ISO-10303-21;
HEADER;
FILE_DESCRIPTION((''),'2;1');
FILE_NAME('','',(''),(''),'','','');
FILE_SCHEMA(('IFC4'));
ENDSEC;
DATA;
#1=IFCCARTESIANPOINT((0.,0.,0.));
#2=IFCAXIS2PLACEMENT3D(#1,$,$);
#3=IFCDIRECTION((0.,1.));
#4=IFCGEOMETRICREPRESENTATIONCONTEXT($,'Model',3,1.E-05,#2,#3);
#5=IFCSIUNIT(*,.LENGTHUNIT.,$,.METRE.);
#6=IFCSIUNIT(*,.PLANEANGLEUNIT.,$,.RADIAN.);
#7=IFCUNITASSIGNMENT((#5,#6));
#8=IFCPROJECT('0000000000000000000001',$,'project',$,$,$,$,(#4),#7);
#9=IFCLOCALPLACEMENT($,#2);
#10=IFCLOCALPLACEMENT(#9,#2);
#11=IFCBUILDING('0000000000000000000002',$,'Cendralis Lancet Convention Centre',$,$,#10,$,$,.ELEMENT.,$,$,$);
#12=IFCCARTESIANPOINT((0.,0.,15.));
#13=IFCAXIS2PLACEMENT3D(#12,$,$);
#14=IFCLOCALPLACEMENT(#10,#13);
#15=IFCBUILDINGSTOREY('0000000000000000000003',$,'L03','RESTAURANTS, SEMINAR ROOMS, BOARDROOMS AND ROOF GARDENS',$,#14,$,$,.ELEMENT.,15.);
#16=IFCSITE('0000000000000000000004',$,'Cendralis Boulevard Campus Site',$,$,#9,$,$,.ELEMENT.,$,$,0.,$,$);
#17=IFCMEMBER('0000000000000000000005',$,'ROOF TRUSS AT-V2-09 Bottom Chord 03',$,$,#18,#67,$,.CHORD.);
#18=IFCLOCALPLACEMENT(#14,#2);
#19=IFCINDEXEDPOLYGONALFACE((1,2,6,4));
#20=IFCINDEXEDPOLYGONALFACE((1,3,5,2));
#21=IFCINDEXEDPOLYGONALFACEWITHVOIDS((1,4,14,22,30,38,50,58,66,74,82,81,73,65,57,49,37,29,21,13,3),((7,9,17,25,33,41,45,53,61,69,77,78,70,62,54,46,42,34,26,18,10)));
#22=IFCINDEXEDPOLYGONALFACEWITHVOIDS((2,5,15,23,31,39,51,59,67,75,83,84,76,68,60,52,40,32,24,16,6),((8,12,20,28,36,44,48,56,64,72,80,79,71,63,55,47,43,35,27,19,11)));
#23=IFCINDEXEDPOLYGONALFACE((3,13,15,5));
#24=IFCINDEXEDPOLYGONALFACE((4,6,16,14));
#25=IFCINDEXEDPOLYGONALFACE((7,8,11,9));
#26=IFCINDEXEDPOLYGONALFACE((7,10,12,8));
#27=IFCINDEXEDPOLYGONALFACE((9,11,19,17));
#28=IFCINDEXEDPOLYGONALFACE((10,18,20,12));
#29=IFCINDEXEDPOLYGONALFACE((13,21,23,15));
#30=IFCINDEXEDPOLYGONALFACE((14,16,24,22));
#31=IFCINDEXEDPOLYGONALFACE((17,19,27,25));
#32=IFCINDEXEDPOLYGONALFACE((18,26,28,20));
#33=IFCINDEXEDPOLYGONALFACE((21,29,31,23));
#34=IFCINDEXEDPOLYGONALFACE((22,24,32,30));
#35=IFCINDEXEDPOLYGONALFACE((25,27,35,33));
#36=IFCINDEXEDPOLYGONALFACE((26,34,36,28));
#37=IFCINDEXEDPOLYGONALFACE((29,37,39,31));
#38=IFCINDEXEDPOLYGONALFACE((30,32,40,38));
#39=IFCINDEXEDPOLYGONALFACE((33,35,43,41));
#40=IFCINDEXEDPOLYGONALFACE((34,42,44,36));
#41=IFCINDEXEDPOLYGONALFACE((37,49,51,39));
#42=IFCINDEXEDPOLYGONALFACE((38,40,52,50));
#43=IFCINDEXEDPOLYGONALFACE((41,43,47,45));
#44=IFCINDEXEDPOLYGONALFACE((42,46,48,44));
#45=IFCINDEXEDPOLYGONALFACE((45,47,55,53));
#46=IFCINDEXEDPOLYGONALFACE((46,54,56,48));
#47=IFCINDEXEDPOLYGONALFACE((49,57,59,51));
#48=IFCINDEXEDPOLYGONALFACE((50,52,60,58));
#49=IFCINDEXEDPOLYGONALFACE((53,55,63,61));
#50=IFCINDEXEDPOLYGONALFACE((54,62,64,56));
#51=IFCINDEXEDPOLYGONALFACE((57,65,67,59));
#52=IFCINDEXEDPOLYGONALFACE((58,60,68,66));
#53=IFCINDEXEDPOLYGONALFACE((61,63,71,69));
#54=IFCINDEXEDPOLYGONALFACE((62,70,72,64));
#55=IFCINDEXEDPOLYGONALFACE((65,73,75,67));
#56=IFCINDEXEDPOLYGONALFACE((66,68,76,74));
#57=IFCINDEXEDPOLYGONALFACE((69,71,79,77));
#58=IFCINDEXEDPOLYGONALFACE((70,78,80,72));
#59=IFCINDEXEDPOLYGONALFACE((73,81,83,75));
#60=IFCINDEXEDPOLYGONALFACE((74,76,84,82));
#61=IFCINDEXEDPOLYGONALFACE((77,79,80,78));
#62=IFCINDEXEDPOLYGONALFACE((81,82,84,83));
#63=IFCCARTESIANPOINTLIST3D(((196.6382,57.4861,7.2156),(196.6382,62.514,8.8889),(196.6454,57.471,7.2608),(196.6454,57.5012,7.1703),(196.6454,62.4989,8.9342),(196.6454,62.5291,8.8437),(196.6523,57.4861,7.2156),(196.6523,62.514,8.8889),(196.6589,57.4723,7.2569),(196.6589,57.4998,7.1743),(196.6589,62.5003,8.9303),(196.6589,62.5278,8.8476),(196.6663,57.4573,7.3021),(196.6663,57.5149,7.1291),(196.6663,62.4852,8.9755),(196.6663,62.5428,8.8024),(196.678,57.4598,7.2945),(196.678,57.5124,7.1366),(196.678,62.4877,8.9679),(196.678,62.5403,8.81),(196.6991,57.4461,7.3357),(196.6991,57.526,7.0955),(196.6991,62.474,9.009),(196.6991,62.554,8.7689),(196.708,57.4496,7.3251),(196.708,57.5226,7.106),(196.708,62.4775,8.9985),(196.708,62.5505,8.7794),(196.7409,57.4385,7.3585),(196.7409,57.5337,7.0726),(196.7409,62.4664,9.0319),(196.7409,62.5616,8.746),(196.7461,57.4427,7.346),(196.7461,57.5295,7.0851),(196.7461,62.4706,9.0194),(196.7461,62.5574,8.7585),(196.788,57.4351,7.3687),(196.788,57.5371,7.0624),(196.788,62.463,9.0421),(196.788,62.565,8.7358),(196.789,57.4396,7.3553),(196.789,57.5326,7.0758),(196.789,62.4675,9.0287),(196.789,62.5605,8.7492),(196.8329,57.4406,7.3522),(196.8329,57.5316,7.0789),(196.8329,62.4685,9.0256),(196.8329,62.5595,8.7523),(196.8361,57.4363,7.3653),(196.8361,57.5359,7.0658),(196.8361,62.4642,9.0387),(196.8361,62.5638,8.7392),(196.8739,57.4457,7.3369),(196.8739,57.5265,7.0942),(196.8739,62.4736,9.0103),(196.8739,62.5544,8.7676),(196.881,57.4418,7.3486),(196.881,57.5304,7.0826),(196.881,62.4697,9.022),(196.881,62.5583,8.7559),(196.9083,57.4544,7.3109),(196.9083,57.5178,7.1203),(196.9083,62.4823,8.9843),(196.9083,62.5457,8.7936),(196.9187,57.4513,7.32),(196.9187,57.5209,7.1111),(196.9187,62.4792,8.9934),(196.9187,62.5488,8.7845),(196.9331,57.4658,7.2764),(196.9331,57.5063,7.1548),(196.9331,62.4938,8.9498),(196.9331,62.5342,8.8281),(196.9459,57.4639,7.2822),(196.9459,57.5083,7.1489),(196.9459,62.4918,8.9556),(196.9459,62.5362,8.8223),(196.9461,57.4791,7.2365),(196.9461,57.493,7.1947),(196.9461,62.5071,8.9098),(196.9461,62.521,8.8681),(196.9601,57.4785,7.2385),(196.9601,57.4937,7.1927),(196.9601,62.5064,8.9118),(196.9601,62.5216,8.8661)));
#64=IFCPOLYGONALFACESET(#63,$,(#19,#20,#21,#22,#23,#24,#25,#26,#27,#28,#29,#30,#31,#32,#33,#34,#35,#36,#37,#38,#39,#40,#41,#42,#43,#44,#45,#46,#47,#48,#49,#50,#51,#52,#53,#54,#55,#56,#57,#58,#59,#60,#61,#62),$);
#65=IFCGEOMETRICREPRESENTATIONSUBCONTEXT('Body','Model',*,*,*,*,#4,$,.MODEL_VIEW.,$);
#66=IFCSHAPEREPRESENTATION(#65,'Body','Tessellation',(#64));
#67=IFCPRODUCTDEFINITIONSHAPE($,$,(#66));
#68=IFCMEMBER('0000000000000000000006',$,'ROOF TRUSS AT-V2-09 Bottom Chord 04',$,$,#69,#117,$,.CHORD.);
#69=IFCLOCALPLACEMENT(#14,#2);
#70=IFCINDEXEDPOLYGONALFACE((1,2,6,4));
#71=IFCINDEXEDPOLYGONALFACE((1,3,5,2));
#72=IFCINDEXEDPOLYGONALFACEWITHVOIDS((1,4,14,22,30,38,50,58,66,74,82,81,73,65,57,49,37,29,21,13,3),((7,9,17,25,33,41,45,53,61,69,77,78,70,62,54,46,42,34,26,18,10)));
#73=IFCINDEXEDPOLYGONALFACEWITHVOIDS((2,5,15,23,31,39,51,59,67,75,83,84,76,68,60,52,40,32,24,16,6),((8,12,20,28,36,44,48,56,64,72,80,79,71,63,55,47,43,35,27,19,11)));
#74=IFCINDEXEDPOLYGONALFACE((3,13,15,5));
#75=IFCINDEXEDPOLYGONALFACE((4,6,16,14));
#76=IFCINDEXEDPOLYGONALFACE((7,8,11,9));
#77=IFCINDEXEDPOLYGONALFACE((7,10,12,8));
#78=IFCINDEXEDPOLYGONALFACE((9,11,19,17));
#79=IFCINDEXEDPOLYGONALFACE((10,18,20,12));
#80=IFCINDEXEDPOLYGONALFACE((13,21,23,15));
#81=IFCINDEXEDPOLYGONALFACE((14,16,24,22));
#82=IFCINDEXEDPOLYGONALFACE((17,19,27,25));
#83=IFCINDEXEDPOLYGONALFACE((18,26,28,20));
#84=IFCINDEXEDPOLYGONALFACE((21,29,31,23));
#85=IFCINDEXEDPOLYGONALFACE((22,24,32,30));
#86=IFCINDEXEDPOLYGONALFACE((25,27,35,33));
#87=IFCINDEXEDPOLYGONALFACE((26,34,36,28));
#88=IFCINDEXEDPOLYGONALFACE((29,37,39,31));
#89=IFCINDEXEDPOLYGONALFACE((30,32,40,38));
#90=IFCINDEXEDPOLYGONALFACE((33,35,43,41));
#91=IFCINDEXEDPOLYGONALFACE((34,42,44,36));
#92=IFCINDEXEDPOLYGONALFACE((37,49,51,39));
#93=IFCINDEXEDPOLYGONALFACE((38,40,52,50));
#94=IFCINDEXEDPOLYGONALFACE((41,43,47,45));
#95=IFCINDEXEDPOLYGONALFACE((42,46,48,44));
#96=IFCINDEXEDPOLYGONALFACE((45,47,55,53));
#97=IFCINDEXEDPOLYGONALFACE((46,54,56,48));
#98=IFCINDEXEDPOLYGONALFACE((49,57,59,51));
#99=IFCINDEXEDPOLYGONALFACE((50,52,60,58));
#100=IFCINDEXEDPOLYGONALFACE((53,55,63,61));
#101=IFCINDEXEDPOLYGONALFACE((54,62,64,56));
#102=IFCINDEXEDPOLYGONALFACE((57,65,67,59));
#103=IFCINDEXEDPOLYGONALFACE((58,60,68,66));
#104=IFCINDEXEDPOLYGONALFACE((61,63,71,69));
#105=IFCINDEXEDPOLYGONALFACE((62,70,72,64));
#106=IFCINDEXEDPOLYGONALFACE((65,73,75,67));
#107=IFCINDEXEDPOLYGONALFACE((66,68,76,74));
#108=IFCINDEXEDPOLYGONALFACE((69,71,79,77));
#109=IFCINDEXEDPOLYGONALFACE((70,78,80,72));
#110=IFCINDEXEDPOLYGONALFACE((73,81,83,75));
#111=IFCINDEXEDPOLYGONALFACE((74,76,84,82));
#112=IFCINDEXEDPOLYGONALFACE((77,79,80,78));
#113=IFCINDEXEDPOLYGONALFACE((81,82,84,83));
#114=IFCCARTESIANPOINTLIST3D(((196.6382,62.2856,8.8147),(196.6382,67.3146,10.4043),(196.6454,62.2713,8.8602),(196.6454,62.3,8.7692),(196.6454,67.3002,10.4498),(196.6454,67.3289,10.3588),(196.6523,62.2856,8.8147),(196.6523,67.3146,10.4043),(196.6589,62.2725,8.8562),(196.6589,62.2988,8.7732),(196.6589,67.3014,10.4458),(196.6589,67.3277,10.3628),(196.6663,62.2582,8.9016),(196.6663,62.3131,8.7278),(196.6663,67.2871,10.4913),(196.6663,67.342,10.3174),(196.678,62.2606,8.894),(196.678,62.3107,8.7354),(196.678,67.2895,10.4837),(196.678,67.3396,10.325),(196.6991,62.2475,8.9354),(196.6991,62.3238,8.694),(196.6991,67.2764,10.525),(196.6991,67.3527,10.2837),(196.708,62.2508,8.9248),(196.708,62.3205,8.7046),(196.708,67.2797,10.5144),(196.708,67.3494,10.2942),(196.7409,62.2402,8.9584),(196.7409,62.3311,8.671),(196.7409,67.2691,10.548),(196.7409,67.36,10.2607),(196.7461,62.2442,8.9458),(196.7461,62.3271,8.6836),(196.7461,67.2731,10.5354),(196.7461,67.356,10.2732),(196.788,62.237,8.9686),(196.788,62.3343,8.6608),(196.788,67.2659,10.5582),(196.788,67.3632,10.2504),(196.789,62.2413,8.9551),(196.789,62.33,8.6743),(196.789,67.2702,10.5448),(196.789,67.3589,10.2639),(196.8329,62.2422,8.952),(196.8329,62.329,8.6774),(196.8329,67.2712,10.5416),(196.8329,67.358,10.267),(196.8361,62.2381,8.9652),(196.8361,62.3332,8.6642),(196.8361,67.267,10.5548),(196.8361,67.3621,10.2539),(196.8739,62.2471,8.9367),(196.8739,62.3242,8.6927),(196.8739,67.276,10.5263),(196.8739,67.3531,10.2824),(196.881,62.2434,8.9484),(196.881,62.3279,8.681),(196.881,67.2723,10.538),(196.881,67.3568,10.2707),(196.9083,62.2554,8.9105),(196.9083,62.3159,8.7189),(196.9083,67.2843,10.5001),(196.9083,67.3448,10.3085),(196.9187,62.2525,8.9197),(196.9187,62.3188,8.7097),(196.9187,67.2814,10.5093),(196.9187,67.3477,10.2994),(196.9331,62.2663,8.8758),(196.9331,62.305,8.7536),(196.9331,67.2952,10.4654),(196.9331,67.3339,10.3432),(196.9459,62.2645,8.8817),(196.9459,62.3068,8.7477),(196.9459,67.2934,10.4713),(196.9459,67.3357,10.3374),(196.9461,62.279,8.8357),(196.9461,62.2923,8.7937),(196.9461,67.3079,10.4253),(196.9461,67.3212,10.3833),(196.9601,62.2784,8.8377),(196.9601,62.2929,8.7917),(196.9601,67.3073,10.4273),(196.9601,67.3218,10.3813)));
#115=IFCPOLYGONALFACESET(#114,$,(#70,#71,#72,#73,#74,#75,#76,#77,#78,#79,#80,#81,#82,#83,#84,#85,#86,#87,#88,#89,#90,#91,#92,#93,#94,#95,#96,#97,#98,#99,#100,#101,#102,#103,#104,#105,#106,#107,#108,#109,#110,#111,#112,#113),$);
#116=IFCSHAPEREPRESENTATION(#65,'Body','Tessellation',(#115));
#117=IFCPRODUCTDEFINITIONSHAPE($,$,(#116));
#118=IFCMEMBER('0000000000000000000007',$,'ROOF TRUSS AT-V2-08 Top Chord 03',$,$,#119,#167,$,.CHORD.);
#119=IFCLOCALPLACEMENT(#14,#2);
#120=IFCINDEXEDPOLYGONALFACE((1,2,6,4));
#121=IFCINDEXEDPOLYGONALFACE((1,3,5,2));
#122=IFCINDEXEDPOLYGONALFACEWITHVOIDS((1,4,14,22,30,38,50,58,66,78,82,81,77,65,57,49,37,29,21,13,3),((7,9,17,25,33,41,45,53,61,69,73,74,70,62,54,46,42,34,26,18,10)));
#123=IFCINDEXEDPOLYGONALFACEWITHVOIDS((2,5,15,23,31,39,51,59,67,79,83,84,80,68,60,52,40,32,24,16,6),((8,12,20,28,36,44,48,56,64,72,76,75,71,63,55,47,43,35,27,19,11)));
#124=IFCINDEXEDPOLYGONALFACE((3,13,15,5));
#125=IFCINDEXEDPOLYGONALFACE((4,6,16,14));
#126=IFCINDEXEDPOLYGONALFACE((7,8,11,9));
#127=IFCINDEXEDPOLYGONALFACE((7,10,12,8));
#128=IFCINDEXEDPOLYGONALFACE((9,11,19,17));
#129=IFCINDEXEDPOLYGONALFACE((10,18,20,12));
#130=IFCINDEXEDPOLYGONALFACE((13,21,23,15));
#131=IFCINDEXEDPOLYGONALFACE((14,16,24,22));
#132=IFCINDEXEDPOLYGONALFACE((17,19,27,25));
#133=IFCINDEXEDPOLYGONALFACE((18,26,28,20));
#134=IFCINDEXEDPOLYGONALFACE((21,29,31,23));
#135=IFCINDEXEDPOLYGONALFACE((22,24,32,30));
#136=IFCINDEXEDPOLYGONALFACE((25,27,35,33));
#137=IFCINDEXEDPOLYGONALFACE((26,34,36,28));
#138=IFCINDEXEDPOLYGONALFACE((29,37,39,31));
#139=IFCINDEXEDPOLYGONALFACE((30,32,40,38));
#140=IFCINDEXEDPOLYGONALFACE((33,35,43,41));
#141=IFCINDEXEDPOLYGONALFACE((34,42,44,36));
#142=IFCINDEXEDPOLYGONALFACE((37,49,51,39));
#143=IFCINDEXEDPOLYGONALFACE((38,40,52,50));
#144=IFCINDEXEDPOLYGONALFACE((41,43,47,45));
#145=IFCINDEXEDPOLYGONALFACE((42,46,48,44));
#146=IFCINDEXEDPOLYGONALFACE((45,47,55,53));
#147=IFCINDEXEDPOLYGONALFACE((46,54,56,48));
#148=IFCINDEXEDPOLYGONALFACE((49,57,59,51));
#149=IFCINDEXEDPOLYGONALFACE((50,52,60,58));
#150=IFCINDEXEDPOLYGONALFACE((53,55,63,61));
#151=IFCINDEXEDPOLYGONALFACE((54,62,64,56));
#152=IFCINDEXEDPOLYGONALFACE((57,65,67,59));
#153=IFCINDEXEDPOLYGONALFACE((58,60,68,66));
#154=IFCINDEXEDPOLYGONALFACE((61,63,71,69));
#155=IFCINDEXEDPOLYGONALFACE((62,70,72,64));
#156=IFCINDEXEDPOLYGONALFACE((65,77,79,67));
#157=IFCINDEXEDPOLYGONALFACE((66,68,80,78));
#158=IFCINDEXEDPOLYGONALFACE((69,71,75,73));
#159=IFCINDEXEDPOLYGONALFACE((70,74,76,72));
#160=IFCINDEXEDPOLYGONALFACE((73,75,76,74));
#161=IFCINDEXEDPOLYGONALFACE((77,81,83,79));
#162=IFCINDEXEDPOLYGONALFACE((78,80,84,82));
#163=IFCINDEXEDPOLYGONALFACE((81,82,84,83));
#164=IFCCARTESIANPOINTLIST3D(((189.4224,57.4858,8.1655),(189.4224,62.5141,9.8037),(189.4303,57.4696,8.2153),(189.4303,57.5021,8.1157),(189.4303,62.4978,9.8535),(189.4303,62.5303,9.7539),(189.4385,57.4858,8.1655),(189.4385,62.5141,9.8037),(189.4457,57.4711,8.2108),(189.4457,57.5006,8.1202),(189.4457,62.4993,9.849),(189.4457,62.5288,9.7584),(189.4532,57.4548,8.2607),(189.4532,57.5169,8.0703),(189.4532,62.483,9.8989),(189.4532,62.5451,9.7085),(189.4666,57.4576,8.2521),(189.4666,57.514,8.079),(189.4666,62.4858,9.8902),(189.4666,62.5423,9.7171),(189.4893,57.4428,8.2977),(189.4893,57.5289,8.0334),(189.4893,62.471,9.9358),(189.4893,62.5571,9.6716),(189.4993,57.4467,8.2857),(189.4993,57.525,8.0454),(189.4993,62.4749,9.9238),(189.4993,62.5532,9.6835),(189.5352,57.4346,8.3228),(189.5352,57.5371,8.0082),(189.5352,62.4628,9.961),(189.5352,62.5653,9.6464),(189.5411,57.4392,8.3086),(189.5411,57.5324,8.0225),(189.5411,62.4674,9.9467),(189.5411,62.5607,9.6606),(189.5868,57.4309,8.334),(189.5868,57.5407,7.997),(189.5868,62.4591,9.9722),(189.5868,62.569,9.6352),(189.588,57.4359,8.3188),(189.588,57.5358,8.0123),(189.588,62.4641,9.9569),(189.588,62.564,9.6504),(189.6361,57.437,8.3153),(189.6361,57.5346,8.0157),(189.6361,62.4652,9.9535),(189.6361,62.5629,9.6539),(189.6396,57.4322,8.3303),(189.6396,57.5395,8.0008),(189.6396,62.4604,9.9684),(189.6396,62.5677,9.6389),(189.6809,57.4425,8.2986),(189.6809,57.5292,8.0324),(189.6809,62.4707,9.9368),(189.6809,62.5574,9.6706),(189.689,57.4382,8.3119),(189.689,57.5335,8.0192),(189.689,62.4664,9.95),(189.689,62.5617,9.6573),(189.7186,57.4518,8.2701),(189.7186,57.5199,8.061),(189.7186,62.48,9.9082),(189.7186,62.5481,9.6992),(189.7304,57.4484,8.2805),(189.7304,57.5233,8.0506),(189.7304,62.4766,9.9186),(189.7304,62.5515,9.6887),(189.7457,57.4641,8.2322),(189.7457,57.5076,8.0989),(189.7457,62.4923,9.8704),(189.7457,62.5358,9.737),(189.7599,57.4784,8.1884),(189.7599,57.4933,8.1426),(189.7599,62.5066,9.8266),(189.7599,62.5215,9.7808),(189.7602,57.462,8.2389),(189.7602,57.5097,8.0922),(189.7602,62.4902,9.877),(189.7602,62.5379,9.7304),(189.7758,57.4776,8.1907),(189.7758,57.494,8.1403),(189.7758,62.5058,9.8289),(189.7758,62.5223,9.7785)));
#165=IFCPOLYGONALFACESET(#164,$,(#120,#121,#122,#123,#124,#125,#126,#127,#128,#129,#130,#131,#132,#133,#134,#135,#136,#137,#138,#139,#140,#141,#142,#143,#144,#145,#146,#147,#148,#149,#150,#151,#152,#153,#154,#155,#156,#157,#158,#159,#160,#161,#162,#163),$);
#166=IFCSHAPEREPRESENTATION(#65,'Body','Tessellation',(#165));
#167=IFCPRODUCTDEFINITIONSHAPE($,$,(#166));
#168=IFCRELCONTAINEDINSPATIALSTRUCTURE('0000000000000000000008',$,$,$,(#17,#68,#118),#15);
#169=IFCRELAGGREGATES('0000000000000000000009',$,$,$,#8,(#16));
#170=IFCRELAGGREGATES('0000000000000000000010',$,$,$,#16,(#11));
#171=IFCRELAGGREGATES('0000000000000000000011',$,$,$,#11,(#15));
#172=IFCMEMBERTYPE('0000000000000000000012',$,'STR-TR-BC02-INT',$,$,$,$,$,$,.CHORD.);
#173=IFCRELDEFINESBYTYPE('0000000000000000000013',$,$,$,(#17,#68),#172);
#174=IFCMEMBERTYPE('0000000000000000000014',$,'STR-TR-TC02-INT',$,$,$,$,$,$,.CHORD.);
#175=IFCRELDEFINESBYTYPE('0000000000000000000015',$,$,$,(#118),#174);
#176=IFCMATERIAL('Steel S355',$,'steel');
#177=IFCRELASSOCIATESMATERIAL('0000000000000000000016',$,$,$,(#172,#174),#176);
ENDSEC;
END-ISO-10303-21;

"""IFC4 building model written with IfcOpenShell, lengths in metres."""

from ifc_helpers import new_model, si_unit, direction, frame, origin, origin_2d, place, context, subcontext, project, spatial, hollow_circle, extrude, material, material_profile, profile_set, type_object, element, save


model = new_model("IFC4")

# Units and contexts
model_context = context("Model", 3, precision=1e-05, world=origin(), true_north=direction((0.0, 1.0)))
body_context = subcontext(model_context, "Body", "Model", "MODEL_VIEW")
ifc_project = project(units=[si_unit("LENGTHUNIT", "METRE"), si_unit("PLANEANGLEUNIT", "RADIAN")], contexts=[model_context])

# Site, building, storey
site_placement = place(None, origin())
site = spatial("IfcSite", under=ifc_project, at=site_placement, Name="Cendralis Boulevard Campus Site", CompositionType="ELEMENT", RefElevation=0.0)
building_placement = place(site_placement, origin())
building = spatial("IfcBuilding", under=site, at=building_placement, Name="Cendralis Lancet Convention Centre", CompositionType="ELEMENT")
storey_placement = place(building_placement, frame((0.0, 0.0, 15.0)))
storey = spatial("IfcBuildingStorey", under=building, at=storey_placement, Name="L03", Description="RESTAURANTS, SEMINAR ROOMS, BOARDROOMS AND ROOF GARDENS", CompositionType="ELEMENT", Elevation=15.0)

# Members
ifc_material = material(Name="Steel S355", Category="steel")
ifc_material_profile_1 = material_profile(ifc_material, hollow_circle(Radius=0.1619, WallThickness=0.0142, at=origin_2d()), Name="CHS 323.9x14.2")
ifc_profile_set_1 = profile_set([ifc_material_profile_1], Name="Steel S355")
member_type_1 = type_object("IfcMemberType", Name="STR-TR-BC02-INT", PredefinedType="CHORD", material=ifc_profile_set_1)
member_1_placement = place(storey_placement, frame((196.8, 57.4861, 7.2156), z_axis=(0.0, 0.948831, 0.315785), x_axis=(-1.0, 0.0, 0.0)))
element("IfcMember", 1, at=member_1_placement, inside=storey, type_object=member_type_1, Name="ROOF TRUSS AT-V2-09 Bottom Chord 03", PredefinedType="CHORD", context=body_context, shape_type="SweptSolid", body=[
    extrude(hollow_circle(Radius=0.1619, WallThickness=0.0142, at=origin_2d()), origin(), (0.0, 0.0, 1.0), 5.2991),
])
member_2_placement = place(storey_placement, frame((196.8, 62.2856, 8.8147), z_axis=(0.0, 0.953498, 0.301399), x_axis=(-1.0, 0.0, 0.0)))
element("IfcMember", 2, at=member_2_placement, inside=storey, type_object=member_type_1, Name="ROOF TRUSS AT-V2-09 Bottom Chord 04", PredefinedType="CHORD", context=body_context, shape_type="SweptSolid", body=[
    extrude(hollow_circle(Radius=0.1619, WallThickness=0.0142, at=origin_2d()), origin(), (0.0, 0.0, 1.0), 5.2742),
])
ifc_material_profile_2 = material_profile(ifc_material, hollow_circle(Radius=0.1777, WallThickness=0.0161, at=origin_2d()), Name="CHS 355.6x16.0")
ifc_profile_set_2 = profile_set([ifc_material_profile_2], Name="Steel S355")
member_type_2 = type_object("IfcMemberType", Name="STR-TR-TC02-INT", PredefinedType="CHORD", material=ifc_profile_set_2)
member_3_placement = place(storey_placement, frame((189.6001, 57.4858, 8.1655), z_axis=(0.0, 0.950813, 0.309767), x_axis=(-1.0, 0.0, 0.0)))
element("IfcMember", 3, at=member_3_placement, inside=storey, type_object=member_type_2, Name="ROOF TRUSS AT-V2-08 Top Chord 03", PredefinedType="CHORD", context=body_context, shape_type="SweptSolid", body=[
    extrude(hollow_circle(Radius=0.1777, WallThickness=0.0161, at=origin_2d()), origin(), (0.0, 0.0, 1.0), 5.2883),
])

save(model, "model.ifc")
